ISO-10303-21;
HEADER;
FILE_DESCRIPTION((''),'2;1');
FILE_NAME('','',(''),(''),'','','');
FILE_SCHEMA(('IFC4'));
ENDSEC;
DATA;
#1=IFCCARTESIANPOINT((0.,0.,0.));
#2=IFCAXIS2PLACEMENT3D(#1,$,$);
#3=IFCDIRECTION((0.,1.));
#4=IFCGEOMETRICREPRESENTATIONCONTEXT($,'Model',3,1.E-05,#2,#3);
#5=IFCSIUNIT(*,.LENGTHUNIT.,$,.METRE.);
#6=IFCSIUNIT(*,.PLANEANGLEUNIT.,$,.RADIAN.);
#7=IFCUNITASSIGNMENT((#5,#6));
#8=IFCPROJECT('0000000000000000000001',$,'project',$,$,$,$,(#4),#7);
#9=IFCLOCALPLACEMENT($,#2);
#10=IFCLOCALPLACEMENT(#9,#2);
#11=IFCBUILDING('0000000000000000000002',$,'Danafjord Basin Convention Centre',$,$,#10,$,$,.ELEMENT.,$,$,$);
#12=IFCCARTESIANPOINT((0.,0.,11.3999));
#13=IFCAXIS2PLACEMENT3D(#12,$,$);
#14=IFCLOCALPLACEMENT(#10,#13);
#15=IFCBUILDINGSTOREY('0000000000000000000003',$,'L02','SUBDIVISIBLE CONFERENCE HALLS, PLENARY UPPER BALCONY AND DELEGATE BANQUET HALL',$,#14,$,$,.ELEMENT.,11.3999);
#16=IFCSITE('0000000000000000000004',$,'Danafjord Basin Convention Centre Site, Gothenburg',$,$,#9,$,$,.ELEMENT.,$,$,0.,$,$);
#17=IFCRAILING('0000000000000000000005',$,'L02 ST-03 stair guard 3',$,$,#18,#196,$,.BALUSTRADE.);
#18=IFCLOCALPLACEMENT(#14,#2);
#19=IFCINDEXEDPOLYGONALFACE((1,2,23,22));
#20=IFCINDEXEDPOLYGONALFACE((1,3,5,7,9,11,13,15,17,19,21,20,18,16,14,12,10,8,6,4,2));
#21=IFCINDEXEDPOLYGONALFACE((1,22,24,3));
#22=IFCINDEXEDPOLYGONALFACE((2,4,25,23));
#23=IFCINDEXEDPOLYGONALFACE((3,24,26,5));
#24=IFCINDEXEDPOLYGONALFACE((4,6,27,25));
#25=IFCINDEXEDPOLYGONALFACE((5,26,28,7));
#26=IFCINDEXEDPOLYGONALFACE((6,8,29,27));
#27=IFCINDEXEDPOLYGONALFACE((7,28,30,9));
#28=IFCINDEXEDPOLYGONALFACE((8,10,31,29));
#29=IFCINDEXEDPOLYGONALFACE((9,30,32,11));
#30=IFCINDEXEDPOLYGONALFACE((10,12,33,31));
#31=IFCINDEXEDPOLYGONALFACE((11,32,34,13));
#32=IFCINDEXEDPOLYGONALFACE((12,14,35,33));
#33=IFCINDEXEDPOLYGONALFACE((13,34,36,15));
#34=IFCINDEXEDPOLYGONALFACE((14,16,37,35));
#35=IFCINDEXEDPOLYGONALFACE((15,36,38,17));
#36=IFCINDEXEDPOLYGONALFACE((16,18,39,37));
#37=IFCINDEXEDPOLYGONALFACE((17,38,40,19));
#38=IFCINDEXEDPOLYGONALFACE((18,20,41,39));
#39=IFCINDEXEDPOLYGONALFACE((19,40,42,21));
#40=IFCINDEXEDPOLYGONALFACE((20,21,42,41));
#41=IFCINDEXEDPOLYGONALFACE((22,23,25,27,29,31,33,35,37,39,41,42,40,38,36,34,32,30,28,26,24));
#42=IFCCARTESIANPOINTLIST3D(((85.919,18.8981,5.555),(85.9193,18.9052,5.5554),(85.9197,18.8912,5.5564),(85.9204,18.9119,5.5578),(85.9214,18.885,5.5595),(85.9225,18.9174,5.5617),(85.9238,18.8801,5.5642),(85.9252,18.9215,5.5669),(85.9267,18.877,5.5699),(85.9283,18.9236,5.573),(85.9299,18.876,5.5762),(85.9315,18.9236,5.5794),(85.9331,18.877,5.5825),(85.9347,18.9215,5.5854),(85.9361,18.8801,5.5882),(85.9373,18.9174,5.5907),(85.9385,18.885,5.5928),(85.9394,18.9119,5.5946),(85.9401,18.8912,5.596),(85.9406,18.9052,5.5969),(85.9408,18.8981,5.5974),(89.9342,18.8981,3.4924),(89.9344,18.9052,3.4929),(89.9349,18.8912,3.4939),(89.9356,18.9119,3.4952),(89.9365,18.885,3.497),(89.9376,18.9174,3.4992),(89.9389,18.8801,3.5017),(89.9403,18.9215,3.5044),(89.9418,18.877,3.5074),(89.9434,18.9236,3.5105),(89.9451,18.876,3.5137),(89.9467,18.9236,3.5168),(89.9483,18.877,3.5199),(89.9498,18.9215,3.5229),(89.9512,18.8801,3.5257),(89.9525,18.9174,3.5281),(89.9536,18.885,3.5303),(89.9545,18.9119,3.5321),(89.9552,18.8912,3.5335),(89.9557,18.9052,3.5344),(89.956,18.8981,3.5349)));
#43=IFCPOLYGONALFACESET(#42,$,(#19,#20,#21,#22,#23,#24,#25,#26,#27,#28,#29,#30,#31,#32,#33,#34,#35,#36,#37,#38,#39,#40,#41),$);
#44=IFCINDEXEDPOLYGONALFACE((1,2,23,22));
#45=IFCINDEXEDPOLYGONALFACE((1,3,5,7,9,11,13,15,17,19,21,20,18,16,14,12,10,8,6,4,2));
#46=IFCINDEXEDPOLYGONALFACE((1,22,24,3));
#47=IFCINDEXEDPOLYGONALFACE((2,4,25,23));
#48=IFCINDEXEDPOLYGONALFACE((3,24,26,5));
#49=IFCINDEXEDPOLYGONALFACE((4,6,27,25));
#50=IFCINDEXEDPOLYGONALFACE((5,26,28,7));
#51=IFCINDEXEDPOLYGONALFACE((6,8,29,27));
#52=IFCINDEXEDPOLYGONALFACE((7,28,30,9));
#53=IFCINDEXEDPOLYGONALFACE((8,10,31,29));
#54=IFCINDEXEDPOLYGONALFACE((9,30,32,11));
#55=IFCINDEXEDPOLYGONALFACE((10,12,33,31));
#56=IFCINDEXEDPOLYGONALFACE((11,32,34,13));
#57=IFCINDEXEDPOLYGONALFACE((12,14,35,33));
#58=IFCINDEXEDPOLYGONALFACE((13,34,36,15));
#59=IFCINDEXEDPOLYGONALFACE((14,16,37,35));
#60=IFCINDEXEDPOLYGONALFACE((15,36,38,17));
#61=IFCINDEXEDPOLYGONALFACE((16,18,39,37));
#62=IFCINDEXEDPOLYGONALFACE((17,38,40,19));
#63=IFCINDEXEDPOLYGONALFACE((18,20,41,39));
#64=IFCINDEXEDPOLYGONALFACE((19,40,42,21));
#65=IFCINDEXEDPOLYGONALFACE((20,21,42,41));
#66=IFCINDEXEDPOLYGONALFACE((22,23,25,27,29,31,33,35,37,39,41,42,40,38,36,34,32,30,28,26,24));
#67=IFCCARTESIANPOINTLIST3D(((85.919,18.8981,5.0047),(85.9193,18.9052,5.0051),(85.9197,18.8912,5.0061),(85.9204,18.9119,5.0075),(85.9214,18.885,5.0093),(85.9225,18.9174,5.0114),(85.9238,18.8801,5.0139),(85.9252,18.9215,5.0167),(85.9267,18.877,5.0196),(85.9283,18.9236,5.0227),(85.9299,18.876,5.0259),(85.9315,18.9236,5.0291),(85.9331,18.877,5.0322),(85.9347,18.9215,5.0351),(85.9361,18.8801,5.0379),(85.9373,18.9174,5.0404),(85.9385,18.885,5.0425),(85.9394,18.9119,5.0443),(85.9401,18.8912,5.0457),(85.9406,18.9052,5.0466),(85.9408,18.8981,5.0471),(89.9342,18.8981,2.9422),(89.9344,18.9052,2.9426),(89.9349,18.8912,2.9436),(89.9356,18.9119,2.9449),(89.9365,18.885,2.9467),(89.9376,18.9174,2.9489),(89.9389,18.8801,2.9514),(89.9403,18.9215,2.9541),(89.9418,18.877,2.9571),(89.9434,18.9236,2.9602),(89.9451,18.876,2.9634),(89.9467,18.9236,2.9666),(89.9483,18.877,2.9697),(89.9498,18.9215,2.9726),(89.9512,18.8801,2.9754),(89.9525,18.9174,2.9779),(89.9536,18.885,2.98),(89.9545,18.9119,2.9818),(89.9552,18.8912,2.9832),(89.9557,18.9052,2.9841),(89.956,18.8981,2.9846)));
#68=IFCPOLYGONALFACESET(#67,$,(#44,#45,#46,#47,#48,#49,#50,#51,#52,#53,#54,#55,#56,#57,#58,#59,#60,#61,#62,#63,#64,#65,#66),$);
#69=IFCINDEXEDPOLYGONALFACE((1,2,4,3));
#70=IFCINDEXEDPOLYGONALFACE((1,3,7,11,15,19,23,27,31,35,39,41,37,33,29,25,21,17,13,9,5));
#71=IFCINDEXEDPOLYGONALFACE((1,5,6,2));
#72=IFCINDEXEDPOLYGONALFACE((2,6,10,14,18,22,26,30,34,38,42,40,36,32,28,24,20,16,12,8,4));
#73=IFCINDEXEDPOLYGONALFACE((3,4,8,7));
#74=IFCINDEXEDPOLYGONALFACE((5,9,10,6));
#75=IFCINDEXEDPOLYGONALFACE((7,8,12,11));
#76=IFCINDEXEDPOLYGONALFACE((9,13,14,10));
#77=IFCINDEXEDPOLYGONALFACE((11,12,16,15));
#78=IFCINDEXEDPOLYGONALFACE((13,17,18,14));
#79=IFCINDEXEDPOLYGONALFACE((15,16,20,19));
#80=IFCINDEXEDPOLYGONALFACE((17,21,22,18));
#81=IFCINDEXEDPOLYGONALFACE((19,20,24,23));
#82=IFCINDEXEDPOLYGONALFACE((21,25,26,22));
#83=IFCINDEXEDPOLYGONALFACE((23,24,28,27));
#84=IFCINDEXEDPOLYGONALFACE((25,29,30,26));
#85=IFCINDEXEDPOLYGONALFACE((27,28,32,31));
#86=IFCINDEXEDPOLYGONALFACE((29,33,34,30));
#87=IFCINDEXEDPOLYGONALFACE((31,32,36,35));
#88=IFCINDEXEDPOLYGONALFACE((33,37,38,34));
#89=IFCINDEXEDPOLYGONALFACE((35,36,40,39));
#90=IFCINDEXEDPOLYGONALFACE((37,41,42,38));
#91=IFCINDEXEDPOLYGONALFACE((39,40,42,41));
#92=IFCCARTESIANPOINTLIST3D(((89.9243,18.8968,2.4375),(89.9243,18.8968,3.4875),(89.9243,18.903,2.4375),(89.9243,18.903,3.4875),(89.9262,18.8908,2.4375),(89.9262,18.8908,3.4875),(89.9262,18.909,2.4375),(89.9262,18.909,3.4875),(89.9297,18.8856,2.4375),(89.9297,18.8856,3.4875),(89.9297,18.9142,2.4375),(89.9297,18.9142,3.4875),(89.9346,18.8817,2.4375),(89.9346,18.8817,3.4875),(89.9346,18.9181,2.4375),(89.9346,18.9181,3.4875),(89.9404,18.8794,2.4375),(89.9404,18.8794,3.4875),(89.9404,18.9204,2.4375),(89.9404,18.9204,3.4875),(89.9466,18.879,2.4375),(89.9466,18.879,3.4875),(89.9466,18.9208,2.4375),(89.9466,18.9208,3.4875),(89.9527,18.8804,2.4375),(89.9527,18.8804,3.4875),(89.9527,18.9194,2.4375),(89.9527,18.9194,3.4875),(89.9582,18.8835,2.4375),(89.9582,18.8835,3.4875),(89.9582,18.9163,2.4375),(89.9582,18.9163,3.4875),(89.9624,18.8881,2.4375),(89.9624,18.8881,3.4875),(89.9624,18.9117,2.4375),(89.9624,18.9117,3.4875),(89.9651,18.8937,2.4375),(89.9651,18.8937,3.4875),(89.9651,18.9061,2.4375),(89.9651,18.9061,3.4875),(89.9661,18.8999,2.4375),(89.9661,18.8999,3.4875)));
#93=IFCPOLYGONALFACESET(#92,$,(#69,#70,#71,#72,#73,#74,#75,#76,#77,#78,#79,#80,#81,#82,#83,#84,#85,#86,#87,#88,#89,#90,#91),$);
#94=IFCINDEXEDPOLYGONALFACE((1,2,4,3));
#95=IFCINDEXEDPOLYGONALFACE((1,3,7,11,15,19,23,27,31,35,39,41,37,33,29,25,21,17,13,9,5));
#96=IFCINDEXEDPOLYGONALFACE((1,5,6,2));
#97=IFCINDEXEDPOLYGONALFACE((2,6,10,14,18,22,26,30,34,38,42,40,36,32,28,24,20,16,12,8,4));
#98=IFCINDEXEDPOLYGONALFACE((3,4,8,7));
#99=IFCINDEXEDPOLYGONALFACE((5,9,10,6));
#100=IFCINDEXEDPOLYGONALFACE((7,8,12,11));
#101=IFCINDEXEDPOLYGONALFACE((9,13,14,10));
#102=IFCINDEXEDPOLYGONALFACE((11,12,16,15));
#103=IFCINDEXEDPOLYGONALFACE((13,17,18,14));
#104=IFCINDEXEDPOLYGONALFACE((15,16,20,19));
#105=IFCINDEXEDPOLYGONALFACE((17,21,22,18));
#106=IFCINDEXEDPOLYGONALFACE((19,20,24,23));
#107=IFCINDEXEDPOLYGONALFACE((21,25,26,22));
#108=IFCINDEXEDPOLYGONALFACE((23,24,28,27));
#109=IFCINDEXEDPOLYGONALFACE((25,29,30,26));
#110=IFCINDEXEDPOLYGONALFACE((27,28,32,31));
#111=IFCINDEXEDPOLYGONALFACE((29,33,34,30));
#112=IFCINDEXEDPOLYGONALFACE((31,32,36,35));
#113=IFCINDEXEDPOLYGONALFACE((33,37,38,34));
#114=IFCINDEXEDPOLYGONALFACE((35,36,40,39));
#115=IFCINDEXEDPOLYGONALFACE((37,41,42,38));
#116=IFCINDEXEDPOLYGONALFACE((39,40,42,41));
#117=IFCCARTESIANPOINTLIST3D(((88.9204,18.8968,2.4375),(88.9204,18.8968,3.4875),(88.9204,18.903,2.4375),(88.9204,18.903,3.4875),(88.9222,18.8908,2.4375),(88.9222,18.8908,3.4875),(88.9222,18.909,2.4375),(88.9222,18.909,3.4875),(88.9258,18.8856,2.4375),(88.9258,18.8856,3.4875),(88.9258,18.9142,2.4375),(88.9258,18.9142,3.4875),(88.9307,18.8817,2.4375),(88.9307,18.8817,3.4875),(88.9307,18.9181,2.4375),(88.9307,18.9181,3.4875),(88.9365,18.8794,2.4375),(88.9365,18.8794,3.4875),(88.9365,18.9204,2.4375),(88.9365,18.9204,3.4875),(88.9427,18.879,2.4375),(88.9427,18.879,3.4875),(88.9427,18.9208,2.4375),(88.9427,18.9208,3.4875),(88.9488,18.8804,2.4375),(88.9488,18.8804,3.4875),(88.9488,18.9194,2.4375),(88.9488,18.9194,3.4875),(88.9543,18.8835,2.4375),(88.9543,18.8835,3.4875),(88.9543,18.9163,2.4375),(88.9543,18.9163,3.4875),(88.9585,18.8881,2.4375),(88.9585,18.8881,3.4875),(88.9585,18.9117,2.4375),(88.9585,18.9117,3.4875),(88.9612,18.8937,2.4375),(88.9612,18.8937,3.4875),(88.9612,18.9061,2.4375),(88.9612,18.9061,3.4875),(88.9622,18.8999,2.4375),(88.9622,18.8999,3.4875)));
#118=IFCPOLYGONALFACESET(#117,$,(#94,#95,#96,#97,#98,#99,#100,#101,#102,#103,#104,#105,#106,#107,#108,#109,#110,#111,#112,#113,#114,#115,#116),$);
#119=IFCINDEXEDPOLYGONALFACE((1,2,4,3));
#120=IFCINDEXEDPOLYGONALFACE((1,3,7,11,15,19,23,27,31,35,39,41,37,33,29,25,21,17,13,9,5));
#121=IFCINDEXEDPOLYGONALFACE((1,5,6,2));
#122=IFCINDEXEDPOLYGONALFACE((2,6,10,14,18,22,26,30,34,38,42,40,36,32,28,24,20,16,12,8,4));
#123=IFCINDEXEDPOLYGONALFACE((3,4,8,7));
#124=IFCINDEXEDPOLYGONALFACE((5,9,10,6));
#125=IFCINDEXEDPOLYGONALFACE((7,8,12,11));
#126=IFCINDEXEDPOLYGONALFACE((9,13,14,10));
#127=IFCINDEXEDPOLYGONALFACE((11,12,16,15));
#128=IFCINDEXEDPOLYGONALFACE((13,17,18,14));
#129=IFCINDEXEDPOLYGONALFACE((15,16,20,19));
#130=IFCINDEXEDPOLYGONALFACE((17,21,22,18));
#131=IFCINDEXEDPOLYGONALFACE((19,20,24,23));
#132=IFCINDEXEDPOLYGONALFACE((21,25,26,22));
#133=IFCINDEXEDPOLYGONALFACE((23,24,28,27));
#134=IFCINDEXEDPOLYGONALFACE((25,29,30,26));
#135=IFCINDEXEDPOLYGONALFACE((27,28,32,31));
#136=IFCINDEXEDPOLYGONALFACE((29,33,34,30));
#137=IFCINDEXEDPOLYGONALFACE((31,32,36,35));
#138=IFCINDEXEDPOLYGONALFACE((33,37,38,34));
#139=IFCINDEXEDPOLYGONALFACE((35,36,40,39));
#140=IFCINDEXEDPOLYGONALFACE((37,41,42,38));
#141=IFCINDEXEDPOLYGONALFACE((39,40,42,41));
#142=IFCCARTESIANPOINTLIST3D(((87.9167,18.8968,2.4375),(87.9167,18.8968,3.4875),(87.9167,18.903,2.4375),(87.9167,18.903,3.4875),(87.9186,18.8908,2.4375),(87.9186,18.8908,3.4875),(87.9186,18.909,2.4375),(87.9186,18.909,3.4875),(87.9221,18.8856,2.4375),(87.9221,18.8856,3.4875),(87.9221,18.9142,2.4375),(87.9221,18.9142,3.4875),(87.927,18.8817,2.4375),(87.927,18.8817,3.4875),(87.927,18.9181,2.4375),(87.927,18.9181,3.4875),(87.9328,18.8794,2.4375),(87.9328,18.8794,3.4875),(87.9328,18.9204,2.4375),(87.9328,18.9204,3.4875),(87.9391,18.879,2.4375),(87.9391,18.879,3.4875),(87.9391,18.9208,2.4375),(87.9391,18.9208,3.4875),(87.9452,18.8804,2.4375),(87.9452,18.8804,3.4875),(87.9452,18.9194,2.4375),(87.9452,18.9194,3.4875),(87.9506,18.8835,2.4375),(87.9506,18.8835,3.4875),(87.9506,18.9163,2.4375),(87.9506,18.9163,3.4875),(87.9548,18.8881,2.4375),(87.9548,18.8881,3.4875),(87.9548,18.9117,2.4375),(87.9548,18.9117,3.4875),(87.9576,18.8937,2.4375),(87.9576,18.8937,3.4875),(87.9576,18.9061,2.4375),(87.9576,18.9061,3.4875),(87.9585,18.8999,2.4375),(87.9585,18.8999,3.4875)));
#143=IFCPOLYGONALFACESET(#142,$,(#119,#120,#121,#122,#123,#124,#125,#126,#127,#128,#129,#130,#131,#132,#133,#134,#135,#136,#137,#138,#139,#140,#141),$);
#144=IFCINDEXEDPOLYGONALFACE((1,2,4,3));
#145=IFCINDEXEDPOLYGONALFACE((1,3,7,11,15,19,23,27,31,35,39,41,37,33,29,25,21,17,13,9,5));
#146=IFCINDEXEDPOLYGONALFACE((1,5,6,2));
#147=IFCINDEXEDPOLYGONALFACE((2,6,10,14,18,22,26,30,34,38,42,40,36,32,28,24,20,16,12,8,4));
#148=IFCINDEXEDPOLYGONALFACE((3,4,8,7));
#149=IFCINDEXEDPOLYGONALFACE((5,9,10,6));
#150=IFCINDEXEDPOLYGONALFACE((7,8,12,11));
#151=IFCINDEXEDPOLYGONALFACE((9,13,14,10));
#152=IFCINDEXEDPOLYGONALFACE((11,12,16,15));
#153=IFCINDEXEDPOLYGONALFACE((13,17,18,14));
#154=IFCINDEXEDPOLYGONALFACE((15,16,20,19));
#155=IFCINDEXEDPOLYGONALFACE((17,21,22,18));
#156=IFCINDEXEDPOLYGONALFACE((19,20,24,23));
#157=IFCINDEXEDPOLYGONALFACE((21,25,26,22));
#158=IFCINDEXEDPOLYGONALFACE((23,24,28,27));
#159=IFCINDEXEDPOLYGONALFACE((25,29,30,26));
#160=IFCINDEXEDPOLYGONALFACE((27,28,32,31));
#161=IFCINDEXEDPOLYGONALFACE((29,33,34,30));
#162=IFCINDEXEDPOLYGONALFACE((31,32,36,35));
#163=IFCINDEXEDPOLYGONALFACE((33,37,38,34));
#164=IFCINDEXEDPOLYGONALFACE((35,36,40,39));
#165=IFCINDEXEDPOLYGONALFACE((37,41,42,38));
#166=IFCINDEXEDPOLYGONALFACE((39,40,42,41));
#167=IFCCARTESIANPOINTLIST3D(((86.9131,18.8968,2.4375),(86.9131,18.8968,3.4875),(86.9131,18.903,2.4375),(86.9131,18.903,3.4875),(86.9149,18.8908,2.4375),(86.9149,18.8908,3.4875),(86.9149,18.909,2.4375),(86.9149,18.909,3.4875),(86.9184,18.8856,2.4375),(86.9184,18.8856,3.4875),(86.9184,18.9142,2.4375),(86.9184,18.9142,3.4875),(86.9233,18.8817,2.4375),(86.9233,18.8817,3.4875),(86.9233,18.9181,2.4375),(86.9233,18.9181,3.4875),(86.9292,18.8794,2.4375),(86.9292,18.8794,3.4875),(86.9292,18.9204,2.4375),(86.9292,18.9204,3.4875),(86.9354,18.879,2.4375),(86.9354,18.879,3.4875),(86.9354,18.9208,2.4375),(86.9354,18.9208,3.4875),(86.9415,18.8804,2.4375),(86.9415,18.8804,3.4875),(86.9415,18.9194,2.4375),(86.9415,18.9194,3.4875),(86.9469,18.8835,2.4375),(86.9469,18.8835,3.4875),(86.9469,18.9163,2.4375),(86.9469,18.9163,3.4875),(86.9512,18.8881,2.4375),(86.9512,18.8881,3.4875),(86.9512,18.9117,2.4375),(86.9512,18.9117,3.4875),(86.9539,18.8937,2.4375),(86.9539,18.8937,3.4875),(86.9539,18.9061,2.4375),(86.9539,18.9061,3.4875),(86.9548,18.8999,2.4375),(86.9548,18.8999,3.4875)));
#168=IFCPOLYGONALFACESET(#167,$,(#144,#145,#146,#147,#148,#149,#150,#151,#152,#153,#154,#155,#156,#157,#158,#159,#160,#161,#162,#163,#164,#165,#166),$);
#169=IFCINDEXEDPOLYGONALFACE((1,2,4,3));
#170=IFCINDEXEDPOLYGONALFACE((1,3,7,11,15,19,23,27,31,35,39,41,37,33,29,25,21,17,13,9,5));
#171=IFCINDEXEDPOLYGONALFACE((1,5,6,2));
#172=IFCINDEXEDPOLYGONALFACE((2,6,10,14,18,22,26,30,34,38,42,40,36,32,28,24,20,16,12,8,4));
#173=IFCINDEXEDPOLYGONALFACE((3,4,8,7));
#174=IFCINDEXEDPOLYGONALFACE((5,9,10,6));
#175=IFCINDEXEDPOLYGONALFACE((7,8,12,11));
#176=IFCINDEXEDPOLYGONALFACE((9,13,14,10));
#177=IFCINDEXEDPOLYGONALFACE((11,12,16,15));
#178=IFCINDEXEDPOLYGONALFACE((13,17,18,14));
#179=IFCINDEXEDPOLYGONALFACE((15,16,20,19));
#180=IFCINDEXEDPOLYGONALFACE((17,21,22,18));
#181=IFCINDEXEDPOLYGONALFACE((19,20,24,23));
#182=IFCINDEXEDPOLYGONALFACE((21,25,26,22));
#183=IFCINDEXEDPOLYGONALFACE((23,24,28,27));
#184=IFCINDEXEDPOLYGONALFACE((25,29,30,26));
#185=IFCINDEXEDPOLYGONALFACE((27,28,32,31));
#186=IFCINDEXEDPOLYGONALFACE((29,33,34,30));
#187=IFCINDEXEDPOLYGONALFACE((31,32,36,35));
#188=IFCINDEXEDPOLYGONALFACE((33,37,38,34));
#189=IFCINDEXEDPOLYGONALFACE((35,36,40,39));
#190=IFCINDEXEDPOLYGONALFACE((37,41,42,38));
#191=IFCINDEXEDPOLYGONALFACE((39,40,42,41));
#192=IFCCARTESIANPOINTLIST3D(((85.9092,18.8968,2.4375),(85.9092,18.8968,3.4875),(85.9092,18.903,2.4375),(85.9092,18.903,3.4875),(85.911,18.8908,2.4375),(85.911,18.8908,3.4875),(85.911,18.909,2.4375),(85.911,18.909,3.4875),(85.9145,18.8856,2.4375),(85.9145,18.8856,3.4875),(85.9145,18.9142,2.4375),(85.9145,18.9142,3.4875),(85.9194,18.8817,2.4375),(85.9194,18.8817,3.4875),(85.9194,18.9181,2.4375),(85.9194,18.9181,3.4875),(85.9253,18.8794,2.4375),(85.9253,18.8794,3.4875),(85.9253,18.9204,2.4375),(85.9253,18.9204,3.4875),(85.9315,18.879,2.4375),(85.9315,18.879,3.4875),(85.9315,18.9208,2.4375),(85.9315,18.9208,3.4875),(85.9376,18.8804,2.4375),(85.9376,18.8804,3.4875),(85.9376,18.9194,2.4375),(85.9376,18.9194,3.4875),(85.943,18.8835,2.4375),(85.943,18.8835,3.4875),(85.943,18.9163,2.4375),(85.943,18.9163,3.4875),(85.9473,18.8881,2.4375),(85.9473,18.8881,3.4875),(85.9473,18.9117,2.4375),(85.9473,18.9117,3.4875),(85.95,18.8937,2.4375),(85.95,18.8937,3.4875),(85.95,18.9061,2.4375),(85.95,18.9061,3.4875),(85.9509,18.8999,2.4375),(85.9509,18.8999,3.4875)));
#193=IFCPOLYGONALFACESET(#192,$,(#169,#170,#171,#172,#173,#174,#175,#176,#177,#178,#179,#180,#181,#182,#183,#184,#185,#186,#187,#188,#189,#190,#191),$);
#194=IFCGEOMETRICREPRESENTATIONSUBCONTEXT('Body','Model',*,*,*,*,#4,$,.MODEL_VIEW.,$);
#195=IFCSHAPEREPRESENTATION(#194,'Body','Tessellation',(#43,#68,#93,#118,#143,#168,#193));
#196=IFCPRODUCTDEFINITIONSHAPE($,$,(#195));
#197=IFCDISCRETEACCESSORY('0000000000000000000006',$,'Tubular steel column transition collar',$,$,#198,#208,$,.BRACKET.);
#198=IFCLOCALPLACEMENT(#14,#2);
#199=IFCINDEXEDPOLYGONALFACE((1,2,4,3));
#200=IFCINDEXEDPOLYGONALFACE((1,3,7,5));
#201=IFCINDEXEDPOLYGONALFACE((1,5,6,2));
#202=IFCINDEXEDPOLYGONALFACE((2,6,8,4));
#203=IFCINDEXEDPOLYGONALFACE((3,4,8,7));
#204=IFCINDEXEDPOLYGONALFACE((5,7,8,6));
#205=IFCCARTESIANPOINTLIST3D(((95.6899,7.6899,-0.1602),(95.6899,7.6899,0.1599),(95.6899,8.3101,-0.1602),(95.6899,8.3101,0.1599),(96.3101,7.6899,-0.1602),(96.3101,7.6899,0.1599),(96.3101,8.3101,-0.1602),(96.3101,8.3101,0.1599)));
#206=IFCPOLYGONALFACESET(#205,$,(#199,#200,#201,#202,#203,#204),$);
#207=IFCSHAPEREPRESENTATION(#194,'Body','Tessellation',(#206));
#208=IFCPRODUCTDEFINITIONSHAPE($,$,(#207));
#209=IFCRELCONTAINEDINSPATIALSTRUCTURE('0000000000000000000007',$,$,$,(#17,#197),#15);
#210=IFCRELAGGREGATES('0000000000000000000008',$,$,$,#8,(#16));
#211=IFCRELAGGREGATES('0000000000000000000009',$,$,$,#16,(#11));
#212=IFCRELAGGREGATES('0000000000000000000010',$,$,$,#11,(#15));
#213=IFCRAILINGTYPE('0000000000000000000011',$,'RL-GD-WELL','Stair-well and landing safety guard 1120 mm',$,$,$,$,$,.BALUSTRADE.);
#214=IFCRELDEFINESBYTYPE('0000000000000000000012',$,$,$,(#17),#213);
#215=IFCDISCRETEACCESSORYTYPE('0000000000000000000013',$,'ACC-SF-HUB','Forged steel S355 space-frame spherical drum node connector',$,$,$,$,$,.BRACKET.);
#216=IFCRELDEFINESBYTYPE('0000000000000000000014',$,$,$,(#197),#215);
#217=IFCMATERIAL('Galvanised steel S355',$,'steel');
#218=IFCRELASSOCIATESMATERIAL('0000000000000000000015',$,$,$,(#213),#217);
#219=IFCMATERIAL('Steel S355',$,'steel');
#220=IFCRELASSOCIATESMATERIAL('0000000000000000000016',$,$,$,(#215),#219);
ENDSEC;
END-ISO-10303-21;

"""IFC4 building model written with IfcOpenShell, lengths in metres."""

from ifc_helpers import new_model, si_unit, direction, frame, origin, origin_2d, place, context, subcontext, project, spatial, rectangle, circle, extrude, material, type_object, element, save


model = new_model("IFC4")

# Units and contexts
model_context = context("Model", 3, precision=1e-05, world=origin(), true_north=direction((0.0, 1.0)))
body_context = subcontext(model_context, "Body", "Model", "MODEL_VIEW")
ifc_project = project(units=[si_unit("LENGTHUNIT", "METRE"), si_unit("PLANEANGLEUNIT", "RADIAN")], contexts=[model_context])

# Site, building, storey
site_placement = place(None, origin())
site = spatial("IfcSite", under=ifc_project, at=site_placement, Name="Danafjord Basin Convention Centre Site, Gothenburg", CompositionType="ELEMENT", RefElevation=0.0)
building_placement = place(site_placement, origin())
building = spatial("IfcBuilding", under=site, at=building_placement, Name="Danafjord Basin Convention Centre", CompositionType="ELEMENT")
storey_placement = place(building_placement, frame((0.0, 0.0, 11.3999)))
storey = spatial("IfcBuildingStorey", under=building, at=storey_placement, Name="L02", Description="SUBDIVISIBLE CONFERENCE HALLS, PLENARY UPPER BALCONY AND DELEGATE BANQUET HALL", CompositionType="ELEMENT", Elevation=11.3999)

# Shared definitions
ifc_material_1 = material(Name="Steel S355", Category="steel")

# Railing
ifc_material_2 = material(Name="Galvanised steel S355", Category="steel")
railing_type = type_object("IfcRailingType", Name="RL-GD-WELL", Description="Stair-well and landing safety guard 1120 mm", PredefinedType="BALUSTRADE", material=ifc_material_2)
railing_1_placement = place(storey_placement, frame((89.9451, 18.8999, 2.4375)))
element("IfcRailing", 1, at=railing_1_placement, inside=storey, type_object=railing_type, Name="L02 ST-03 stair guard 3", PredefinedType="BALUSTRADE", context=body_context, shape_type="SweptSolid", body=[
    extrude(circle(Radius=0.0239, at=origin_2d()), frame((0.0, 0.0, 1.0762), z_axis=(-0.889506, 0.0, 0.456923), x_axis=(0.0, -1.0, 0.0)), (0.0, 0.0, 1.0), 4.5139),
    extrude(circle(Radius=0.0239, at=origin_2d()), frame((0.0, 0.0, 0.5259), z_axis=(-0.889506, 0.0, 0.456923), x_axis=(0.0, -1.0, 0.0)), (0.0, 0.0, 1.0), 4.5139),
    extrude(circle(Radius=0.021, at=origin_2d()), origin(), (0.0, 0.0, 1.0), 1.05),
    extrude(circle(Radius=0.021, at=origin_2d()), frame((-1.0039, 0.0, 0.0)), (0.0, 0.0, 1.0), 1.05),
    extrude(circle(Radius=0.021, at=origin_2d()), frame((-2.0076, 0.0, 0.0)), (0.0, 0.0, 1.0), 1.05),
    extrude(circle(Radius=0.021, at=origin_2d()), frame((-3.0112, 0.0, 0.0)), (0.0, 0.0, 1.0), 1.05),
    extrude(circle(Radius=0.021, at=origin_2d()), frame((-4.0151, 0.0, 0.0)), (0.0, 0.0, 1.0), 1.05),
])

# Discrete accessory
discrete_accessory_type = type_object("IfcDiscreteAccessoryType", Name="ACC-SF-HUB", Description="Forged steel S355 space-frame spherical drum node connector", PredefinedType="BRACKET", material=ifc_material_1)
for number, where, z_axis, x_axis, name in (
    (2, (96.0, 8.0, -0.1602), (0.0, 0.0, 1.0), (1.0, 0.0, 0.0), "Tubular steel column transition collar"),
):
    element("IfcDiscreteAccessory", number, at=place(storey_placement, frame(where, z_axis=z_axis, x_axis=x_axis)), inside=storey, type_object=discrete_accessory_type, Name=name, PredefinedType="BRACKET", context=body_context, shape_type="SweptSolid", body=[
        extrude(rectangle(XDim=0.6201, YDim=0.6201, at=origin_2d()), origin(), (0.0, 0.0, 1.0), 0.3201),
    ])

save(model, "model.ifc")
